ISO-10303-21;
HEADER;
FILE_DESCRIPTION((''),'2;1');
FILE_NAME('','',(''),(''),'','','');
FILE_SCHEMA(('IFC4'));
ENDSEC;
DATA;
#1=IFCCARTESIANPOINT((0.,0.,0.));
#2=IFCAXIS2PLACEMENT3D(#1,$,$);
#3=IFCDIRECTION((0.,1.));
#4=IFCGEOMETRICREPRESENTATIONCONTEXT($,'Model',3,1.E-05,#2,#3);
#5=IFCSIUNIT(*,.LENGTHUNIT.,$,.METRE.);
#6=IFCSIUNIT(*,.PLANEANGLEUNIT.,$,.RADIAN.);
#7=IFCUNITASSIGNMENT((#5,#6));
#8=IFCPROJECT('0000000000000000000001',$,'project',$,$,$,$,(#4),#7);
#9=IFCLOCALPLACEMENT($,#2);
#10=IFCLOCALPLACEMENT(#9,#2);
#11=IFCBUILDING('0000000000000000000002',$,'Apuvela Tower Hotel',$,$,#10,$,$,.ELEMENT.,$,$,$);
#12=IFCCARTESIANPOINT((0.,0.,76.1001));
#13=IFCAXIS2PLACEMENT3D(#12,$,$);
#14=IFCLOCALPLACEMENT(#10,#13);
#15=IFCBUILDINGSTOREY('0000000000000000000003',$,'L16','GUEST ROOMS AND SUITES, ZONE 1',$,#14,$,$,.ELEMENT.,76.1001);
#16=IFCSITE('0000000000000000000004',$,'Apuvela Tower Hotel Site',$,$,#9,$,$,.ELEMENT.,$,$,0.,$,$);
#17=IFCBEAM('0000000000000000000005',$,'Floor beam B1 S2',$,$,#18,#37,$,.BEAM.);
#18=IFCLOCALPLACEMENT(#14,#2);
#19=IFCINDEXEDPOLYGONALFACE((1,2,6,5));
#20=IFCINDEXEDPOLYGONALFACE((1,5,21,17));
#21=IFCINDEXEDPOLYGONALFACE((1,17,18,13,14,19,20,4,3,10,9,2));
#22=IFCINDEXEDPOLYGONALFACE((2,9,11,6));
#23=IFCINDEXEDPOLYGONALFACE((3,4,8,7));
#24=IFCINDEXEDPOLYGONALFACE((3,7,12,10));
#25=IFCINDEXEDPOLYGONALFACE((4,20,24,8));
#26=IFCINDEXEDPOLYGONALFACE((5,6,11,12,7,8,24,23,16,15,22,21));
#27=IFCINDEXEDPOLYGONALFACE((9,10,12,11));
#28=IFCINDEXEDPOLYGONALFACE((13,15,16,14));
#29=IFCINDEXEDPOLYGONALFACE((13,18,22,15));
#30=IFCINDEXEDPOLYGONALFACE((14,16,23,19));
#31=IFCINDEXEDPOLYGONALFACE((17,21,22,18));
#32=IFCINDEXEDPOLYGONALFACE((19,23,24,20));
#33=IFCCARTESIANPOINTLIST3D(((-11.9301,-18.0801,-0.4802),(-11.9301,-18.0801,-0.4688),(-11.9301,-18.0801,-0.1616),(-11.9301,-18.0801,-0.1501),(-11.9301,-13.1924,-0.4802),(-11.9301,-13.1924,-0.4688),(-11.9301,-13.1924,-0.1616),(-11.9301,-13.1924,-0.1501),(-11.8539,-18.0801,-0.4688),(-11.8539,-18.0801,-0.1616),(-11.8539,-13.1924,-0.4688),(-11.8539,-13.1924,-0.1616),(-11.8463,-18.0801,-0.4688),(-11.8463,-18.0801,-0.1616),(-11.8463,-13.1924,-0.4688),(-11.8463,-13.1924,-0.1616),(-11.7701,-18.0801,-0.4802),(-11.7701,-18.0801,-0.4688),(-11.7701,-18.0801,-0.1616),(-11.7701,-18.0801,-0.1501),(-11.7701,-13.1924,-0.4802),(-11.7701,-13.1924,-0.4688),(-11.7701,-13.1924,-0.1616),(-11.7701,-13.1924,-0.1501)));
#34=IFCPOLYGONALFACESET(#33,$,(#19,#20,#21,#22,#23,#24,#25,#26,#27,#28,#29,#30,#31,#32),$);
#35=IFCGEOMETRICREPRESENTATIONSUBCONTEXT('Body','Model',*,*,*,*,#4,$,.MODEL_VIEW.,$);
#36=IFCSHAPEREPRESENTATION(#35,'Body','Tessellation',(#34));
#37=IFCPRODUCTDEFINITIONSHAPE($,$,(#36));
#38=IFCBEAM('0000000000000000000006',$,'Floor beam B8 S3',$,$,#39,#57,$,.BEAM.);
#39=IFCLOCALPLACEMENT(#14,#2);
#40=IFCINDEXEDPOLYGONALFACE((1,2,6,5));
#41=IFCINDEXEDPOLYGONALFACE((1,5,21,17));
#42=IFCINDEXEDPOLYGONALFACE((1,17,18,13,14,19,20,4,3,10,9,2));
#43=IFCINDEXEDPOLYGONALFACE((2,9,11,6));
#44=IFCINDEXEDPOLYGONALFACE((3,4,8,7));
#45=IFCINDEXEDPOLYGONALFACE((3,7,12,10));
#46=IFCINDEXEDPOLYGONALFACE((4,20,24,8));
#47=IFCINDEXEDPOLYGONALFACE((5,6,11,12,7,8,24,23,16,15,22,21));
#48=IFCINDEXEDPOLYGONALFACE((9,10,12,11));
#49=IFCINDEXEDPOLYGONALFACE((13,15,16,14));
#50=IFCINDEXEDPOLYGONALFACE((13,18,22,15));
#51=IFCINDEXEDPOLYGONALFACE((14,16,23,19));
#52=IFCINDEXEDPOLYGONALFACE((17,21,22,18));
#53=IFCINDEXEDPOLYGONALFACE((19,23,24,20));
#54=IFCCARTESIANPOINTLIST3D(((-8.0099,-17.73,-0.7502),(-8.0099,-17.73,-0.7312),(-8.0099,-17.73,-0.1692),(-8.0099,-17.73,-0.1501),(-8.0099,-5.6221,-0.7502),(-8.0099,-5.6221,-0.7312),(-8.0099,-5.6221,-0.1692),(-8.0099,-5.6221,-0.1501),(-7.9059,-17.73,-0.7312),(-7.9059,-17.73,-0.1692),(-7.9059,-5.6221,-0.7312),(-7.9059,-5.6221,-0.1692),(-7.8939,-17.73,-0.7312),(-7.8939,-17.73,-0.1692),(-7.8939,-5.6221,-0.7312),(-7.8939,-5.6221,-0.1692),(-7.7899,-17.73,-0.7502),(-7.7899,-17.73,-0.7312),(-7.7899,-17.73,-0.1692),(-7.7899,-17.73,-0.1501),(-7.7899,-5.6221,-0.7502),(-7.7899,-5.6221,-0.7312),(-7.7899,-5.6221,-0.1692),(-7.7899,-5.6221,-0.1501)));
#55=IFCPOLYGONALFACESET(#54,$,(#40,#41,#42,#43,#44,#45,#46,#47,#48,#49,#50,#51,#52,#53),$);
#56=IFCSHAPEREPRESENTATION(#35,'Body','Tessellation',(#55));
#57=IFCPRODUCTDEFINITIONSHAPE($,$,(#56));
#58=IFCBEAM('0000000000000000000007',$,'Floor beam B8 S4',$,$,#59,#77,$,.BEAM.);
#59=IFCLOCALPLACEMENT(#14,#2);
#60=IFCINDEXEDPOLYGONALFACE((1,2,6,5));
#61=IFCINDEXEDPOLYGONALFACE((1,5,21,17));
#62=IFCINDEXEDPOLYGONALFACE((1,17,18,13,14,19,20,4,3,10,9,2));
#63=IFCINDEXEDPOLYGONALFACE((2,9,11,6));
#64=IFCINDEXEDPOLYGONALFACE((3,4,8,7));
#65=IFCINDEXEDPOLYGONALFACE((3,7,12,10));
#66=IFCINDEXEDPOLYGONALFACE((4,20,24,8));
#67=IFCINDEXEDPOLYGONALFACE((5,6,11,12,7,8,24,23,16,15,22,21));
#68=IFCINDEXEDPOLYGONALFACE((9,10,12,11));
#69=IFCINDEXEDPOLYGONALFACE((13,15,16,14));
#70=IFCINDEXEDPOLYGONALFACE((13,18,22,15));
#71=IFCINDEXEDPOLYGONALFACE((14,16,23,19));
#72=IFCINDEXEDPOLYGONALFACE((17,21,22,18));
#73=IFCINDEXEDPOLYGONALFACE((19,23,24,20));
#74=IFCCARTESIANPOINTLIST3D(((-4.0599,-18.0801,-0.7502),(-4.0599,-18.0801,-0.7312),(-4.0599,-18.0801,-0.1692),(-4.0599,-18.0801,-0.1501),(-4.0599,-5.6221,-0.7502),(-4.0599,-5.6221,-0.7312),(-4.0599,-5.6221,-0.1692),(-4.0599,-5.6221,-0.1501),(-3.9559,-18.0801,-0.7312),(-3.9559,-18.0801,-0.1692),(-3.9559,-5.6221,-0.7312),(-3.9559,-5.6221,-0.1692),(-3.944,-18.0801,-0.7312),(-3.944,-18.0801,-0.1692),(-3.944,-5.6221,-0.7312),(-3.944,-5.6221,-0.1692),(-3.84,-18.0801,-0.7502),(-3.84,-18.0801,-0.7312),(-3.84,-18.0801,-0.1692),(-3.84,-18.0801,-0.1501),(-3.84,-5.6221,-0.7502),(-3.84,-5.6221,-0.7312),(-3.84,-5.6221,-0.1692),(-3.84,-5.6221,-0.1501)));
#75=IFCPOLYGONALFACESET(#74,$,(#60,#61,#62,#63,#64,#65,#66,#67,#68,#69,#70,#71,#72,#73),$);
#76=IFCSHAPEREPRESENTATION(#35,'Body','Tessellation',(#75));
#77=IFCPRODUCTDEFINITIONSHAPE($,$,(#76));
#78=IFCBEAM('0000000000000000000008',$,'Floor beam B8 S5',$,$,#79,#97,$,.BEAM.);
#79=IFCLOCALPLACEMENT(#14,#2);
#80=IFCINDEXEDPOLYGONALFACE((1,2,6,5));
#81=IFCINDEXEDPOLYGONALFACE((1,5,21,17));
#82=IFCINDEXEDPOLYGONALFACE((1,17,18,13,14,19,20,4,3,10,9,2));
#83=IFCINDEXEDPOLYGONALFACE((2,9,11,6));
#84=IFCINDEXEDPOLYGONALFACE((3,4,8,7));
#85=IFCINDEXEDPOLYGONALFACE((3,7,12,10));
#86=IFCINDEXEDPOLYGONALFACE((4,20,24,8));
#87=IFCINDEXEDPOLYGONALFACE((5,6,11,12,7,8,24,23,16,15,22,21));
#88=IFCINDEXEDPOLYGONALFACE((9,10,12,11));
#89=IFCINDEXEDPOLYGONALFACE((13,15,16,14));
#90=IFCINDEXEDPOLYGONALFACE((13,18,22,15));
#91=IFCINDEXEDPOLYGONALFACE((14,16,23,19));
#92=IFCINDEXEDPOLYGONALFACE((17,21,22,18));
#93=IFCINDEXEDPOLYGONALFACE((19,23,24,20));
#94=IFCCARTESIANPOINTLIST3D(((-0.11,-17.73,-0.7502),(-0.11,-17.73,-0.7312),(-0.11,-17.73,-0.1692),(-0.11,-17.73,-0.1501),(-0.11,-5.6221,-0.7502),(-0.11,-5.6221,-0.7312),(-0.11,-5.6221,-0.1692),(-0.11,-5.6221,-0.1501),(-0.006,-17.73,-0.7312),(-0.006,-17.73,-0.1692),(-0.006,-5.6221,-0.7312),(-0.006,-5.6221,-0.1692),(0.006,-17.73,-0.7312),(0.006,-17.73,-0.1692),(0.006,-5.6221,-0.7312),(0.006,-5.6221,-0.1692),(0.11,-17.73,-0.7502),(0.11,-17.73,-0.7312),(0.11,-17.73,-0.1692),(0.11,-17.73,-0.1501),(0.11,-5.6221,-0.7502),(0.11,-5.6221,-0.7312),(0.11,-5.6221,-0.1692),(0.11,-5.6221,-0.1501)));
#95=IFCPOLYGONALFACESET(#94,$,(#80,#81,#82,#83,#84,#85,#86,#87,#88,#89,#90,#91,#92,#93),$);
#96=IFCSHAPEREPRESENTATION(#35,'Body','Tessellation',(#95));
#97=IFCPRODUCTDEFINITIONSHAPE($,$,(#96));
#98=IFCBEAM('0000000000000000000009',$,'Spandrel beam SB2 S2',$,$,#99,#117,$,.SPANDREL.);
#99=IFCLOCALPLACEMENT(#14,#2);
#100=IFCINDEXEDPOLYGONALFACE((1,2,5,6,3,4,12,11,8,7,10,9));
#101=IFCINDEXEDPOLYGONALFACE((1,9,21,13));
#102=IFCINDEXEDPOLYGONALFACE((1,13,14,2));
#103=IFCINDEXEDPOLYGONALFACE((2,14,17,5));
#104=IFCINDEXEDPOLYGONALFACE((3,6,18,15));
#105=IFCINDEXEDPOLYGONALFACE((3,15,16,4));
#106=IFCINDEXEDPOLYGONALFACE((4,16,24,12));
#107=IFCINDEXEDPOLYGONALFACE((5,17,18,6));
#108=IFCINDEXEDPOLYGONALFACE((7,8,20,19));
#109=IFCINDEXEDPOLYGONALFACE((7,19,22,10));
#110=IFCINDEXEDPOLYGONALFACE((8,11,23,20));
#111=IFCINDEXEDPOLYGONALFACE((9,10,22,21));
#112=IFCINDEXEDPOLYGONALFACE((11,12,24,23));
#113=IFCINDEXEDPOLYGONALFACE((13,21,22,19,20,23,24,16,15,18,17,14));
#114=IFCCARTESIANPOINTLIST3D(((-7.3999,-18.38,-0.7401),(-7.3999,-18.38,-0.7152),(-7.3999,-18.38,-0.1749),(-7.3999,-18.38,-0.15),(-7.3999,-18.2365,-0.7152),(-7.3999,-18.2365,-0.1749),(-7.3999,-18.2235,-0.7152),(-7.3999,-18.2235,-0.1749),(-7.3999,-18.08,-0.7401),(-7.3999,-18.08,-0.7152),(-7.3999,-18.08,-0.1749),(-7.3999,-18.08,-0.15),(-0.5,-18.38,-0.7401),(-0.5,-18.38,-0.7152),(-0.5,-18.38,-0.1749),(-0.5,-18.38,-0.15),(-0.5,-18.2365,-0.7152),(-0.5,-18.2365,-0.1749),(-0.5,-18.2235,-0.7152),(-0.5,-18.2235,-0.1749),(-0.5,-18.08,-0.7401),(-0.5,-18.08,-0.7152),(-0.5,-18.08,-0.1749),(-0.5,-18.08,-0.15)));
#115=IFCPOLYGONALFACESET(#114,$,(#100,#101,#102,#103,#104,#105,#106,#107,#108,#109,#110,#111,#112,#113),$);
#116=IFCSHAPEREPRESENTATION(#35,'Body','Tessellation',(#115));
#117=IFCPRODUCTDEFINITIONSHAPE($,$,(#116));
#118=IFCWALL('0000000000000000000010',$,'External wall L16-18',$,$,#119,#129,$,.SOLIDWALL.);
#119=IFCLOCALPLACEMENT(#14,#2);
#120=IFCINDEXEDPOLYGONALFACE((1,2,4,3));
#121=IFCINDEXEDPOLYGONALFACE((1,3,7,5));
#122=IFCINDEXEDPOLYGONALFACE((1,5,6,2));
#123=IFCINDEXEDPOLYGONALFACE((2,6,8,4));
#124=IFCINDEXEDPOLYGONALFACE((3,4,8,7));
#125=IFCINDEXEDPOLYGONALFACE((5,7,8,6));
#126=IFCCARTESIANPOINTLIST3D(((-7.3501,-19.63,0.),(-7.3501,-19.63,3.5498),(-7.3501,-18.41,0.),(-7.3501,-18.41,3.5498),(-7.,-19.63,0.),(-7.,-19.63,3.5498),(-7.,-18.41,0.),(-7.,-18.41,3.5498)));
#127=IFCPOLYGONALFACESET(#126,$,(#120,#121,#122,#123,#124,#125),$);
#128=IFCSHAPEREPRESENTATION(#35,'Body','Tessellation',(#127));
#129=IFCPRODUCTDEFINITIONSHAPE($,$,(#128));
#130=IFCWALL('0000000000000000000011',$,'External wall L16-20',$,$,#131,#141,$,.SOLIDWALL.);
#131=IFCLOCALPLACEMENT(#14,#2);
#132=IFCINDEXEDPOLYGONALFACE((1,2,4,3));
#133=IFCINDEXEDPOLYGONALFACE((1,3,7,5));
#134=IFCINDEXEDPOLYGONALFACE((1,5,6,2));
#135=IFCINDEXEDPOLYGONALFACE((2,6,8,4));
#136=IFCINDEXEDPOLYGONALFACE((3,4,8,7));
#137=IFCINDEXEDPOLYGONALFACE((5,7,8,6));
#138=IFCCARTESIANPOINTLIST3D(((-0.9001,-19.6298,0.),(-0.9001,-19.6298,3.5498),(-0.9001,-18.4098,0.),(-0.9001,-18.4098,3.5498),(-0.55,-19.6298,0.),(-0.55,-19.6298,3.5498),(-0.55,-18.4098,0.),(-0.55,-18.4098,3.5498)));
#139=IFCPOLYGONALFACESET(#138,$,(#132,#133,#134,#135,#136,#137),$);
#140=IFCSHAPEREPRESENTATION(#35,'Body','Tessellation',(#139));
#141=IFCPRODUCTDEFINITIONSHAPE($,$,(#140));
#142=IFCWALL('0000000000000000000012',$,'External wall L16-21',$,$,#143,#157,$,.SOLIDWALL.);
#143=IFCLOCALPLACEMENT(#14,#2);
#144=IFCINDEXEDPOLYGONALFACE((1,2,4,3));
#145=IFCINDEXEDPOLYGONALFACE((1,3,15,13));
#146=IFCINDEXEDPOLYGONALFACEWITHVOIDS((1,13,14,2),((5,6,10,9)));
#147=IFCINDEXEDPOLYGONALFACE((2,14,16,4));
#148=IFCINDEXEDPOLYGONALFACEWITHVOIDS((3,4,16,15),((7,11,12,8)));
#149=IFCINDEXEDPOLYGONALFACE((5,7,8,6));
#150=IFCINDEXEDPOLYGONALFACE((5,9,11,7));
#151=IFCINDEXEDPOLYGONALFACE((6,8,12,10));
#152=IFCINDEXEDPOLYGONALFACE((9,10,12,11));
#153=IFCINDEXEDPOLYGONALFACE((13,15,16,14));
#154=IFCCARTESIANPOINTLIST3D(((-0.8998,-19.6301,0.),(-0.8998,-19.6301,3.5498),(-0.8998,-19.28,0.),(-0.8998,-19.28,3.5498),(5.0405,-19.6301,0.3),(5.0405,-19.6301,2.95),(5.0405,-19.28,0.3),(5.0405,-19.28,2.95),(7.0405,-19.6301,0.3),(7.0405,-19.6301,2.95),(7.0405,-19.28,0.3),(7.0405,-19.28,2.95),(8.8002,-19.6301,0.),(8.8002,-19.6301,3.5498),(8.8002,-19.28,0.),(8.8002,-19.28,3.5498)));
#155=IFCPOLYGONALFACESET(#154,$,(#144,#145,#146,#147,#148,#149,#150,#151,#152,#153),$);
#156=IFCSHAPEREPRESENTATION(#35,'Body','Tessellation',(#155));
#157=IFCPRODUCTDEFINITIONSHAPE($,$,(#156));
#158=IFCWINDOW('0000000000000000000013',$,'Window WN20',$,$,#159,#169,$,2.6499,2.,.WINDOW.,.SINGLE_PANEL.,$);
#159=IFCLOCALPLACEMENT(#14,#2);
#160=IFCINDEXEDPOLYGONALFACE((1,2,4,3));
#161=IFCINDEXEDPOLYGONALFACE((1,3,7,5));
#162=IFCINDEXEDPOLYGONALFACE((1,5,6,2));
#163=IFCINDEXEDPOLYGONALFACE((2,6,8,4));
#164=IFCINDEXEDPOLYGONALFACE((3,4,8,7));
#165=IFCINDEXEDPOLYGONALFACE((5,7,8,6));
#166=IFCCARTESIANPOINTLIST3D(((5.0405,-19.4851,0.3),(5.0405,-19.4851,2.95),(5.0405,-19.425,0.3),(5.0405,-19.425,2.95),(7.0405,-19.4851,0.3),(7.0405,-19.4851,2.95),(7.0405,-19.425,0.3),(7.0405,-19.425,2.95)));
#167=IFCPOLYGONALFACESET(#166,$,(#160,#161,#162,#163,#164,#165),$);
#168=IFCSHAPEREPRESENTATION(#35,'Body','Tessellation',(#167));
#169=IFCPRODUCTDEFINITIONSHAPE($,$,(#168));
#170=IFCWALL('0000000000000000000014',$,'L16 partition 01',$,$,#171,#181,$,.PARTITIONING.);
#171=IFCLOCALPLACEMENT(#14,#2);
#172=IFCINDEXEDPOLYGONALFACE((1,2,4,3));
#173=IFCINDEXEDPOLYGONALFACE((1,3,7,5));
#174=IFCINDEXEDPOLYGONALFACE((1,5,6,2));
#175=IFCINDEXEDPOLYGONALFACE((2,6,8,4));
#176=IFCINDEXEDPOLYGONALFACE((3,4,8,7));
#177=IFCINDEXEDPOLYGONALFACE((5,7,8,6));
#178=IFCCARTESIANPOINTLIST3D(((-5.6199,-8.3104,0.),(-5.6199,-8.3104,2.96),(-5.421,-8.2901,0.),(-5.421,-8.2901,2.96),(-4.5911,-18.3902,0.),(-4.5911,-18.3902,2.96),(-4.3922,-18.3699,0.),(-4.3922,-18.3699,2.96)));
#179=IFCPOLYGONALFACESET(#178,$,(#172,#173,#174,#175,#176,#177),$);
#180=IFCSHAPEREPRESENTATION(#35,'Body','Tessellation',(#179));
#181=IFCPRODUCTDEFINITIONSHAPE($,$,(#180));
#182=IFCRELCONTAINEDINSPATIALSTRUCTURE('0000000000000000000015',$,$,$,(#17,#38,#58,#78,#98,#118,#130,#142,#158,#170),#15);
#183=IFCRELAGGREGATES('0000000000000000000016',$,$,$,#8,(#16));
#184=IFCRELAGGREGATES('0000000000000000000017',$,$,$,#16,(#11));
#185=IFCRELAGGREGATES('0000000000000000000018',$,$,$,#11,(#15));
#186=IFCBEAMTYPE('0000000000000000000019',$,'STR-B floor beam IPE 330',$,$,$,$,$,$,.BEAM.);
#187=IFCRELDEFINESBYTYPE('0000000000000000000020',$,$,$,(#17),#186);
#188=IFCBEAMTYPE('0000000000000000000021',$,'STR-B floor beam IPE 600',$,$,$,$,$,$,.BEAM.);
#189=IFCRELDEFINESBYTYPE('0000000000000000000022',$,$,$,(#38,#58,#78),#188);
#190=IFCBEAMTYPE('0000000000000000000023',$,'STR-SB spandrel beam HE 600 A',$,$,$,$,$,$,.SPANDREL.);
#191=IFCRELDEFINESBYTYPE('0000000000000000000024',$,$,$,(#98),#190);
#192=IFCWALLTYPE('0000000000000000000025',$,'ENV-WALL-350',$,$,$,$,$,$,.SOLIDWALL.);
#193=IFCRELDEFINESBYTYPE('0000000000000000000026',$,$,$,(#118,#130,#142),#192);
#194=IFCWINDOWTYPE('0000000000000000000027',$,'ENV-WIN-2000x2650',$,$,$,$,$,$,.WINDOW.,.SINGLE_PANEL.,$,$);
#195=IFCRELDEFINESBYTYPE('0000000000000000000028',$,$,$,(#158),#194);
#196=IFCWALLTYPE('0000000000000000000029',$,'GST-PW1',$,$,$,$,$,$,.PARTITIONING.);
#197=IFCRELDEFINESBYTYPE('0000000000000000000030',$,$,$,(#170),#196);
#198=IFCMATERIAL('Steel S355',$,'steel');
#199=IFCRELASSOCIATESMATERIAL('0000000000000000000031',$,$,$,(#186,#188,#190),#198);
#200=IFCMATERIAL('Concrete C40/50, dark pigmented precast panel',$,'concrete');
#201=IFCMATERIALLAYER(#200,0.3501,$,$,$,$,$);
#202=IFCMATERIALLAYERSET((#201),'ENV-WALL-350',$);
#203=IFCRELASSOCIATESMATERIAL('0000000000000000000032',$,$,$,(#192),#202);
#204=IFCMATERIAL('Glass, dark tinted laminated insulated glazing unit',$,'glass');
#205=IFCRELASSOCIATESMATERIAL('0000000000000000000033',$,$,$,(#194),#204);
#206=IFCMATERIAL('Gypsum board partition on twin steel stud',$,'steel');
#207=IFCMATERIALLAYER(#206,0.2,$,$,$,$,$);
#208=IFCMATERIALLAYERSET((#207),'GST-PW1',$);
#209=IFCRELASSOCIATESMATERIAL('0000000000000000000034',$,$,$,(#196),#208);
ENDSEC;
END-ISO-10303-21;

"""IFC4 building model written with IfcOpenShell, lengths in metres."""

from ifc_helpers import new_model, si_unit, direction, frame, frame_2d, origin, origin_2d, place, context, subcontext, project, spatial, rectangle, i_section, extrude, material, layer, layer_set, material_profile, profile_set, type_object, element, fill, save


model = new_model("IFC4")

# Units and contexts
model_context = context("Model", 3, precision=1e-05, world=origin(), true_north=direction((0.0, 1.0)))
body_context = subcontext(model_context, "Body", "Model", "MODEL_VIEW")
ifc_project = project(units=[si_unit("LENGTHUNIT", "METRE"), si_unit("PLANEANGLEUNIT", "RADIAN")], contexts=[model_context])

# Site, building, storey
site_placement = place(None, origin())
site = spatial("IfcSite", under=ifc_project, at=site_placement, Name="Apuvela Tower Hotel Site", CompositionType="ELEMENT", RefElevation=0.0)
building_placement = place(site_placement, origin())
building = spatial("IfcBuilding", under=site, at=building_placement, Name="Apuvela Tower Hotel", CompositionType="ELEMENT")
storey_placement = place(building_placement, frame((0.0, 0.0, 76.1001)))
storey = spatial("IfcBuildingStorey", under=building, at=storey_placement, Name="L16", Description="GUEST ROOMS AND SUITES, ZONE 1", CompositionType="ELEMENT", Elevation=76.1001)

# Beams
ifc_material_1 = material(Name="Steel S355", Category="steel")
ifc_material_profile_1 = material_profile(ifc_material_1, i_section(OverallWidth=0.1599, OverallDepth=0.3301, WebThickness=0.0076, FlangeThickness=0.0115, at=origin_2d()), Name="IPE 330")
ifc_profile_set_1 = profile_set([ifc_material_profile_1], Name="Steel S355")
beam_type_1 = type_object("IfcBeamType", Name="STR-B floor beam IPE 330", PredefinedType="BEAM", material=ifc_profile_set_1)
beam_1_placement = place(storey_placement, frame((-11.8501, -18.0801, -0.3152), z_axis=(0.0, 1.0, 0.0), x_axis=(-1.0, 0.0, 0.0)))
element("IfcBeam", 1, at=beam_1_placement, inside=storey, type_object=beam_type_1, Name="Floor beam B1 S2", PredefinedType="BEAM", context=body_context, shape_type="SweptSolid", body=[
    extrude(i_section(OverallWidth=0.1599, OverallDepth=0.3301, WebThickness=0.0076, FlangeThickness=0.0115, at=origin_2d()), origin(), (0.0, 0.0, 1.0), 4.8877),
])
ifc_material_profile_2 = material_profile(ifc_material_1, i_section(OverallWidth=0.22, OverallDepth=0.6001, WebThickness=0.012, FlangeThickness=0.019, at=origin_2d()), Name="IPE 600")
ifc_profile_set_2 = profile_set([ifc_material_profile_2], Name="Steel S355")
beam_type_2 = type_object("IfcBeamType", Name="STR-B floor beam IPE 600", PredefinedType="BEAM", material=ifc_profile_set_2)
beam_2_placement = place(storey_placement, frame((-7.8999, -17.73, -0.4502), z_axis=(0.0, 1.0, 0.0), x_axis=(-1.0, 0.0, 0.0)))
element("IfcBeam", 2, at=beam_2_placement, inside=storey, type_object=beam_type_2, Name="Floor beam B8 S3", PredefinedType="BEAM", context=body_context, shape_type="SweptSolid", body=[
    extrude(i_section(OverallWidth=0.22, OverallDepth=0.6001, WebThickness=0.012, FlangeThickness=0.019, at=origin_2d()), origin(), (0.0, 0.0, 1.0), 12.1079),
])
beam_3_placement = place(storey_placement, frame((-3.95, -18.0801, -0.4502), z_axis=(0.0, 1.0, 0.0), x_axis=(-1.0, 0.0, 0.0)))
element("IfcBeam", 3, at=beam_3_placement, inside=storey, type_object=beam_type_2, Name="Floor beam B8 S4", PredefinedType="BEAM", context=body_context, shape_type="SweptSolid", body=[
    extrude(i_section(OverallWidth=0.22, OverallDepth=0.6001, WebThickness=0.012, FlangeThickness=0.019, at=origin_2d()), origin(), (0.0, 0.0, 1.0), 12.458),
])
beam_4_placement = place(storey_placement, frame((0.0, -17.73, -0.4502), z_axis=(0.0, 1.0, 0.0), x_axis=(-1.0, 0.0, 0.0)))
element("IfcBeam", 4, at=beam_4_placement, inside=storey, type_object=beam_type_2, Name="Floor beam B8 S5", PredefinedType="BEAM", context=body_context, shape_type="SweptSolid", body=[
    extrude(i_section(OverallWidth=0.22, OverallDepth=0.6001, WebThickness=0.012, FlangeThickness=0.019, at=origin_2d()), origin(), (0.0, 0.0, 1.0), 12.1079),
])
ifc_material_profile_3 = material_profile(ifc_material_1, i_section(OverallWidth=0.3, OverallDepth=0.5901, WebThickness=0.0129, FlangeThickness=0.0249, at=origin_2d()), Name="HE 600 A")
ifc_profile_set_3 = profile_set([ifc_material_profile_3], Name="Steel S355")
beam_type_3 = type_object("IfcBeamType", Name="STR-SB spandrel beam HE 600 A", PredefinedType="SPANDREL", material=ifc_profile_set_3)
beam_5_placement = place(storey_placement, frame((-7.3999, -18.23, -0.4451), z_axis=(1.0, 0.0, 0.0), x_axis=(0.0, 1.0, 0.0)))
element("IfcBeam", 5, at=beam_5_placement, inside=storey, type_object=beam_type_3, Name="Spandrel beam SB2 S2", PredefinedType="SPANDREL", context=body_context, shape_type="SweptSolid", body=[
    extrude(i_section(OverallWidth=0.3, OverallDepth=0.5901, WebThickness=0.0129, FlangeThickness=0.0249, at=origin_2d()), origin(), (0.0, 0.0, 1.0), 6.8999),
])

# Wall
ifc_material_2 = material(Name="Concrete C40/50, dark pigmented precast panel", Category="concrete")
ifc_layer_1 = layer(ifc_material_2, 0.3501)
ifc_layer_set_1 = layer_set([ifc_layer_1], Name="ENV-WALL-350")
wall_type_1 = type_object("IfcWallType", Name="ENV-WALL-350", PredefinedType="SOLIDWALL", material=ifc_layer_set_1)
wall_1_placement = place(storey_placement, frame((-7.175, -19.6299, 0.0), z_axis=(0.0, 0.0, 1.0), x_axis=(0.0, 1.0, 0.0)))
element("IfcWall", 6, at=wall_1_placement, inside=storey, type_object=wall_type_1, Name="External wall L16-18", PredefinedType="SOLIDWALL", context=body_context, shape_type="SweptSolid", body=[
    extrude(rectangle(XDim=1.22, YDim=0.3501, at=frame_2d((0.6099, 0.0))), origin(), (0.0, 0.0, 1.0), 3.5498),
])

# Shared definitions
ifc_material_3 = material(Name="Glass, dark tinted laminated insulated glazing unit", Category="glass")
window_type = type_object("IfcWindowType", Name="ENV-WIN-2000x2650", PartitioningType="SINGLE_PANEL", PredefinedType="WINDOW", material=ifc_material_3)

# Wall
wall_2_placement = place(storey_placement, frame((-0.7251, -18.4099, 0.0), z_axis=(0.0, 0.0, 1.0), x_axis=(0.0, -1.0, 0.0)))
element("IfcWall", 7, at=wall_2_placement, inside=storey, type_object=wall_type_1, Name="External wall L16-20", PredefinedType="SOLIDWALL", context=body_context, shape_type="SweptSolid", body=[
    extrude(rectangle(XDim=1.22, YDim=0.3501, at=frame_2d((0.6099, 0.0))), origin(), (0.0, 0.0, 1.0), 3.5498),
])

# Wall, opening, window
wall_3_placement = place(storey_placement, frame((-0.8999, -19.4551, 0.0), z_axis=(0.0, 0.0, 1.0), x_axis=(1.0, 0.0, 0.0)))
wall_3 = element("IfcWall", 8, at=wall_3_placement, inside=storey, type_object=wall_type_1, Name="External wall L16-21", PredefinedType="SOLIDWALL", context=body_context, shape_type="SweptSolid", body=[
    extrude(rectangle(XDim=9.7, YDim=0.3501, at=frame_2d((4.8501, 0.0))), origin(), (0.0, 0.0, 1.0), 3.5498),
])
opening_1_placement = place(wall_3_placement, frame((5.9404, 0.0, 0.3)))
opening_1 = element("IfcOpeningElement", 9, at=opening_1_placement, cuts=wall_3, PredefinedType="OPENING", context=body_context, shape_type="SweptSolid", body=[
    extrude(rectangle(XDim=2.0, YDim=2.6499, at=frame_2d((1.0, 1.325))), frame((0.0, 0.1851, 0.0), z_axis=(0.0, -1.0, 0.0), x_axis=(1.0, 0.0, 0.0)), (0.0, 0.0, 1.0), 0.3701),
])
window_1_placement = place(opening_1_placement, origin())
window_1 = element("IfcWindow", 10, at=window_1_placement, inside=storey, type_object=window_type, Name="Window WN20", OverallHeight=2.6499, OverallWidth=2.0, PartitioningType="SINGLE_PANEL", PredefinedType="WINDOW", context=body_context, shape_type="SweptSolid", body=[
    extrude(rectangle(XDim=2.0, YDim=2.6499, at=frame_2d((1.0, 1.325))), frame((0.0, 0.03, 0.0), z_axis=(0.0, -1.0, 0.0), x_axis=(1.0, 0.0, 0.0)), (0.0, 0.0, 1.0), 0.0601),
])
fill(opening_1, window_1)

# Wall
ifc_material_4 = material(Name="Gypsum board partition on twin steel stud", Category="steel")
ifc_layer_2 = layer(ifc_material_4, 0.2)
ifc_layer_set_2 = layer_set([ifc_layer_2], Name="GST-PW1")
wall_type_2 = type_object("IfcWallType", Name="GST-PW1", PredefinedType="PARTITIONING", material=ifc_layer_set_2)
wall_4_placement = place(storey_placement, frame((-4.4917, -18.3799, 0.0), z_axis=(0.0, 0.0, 1.0), x_axis=(-0.101539, 0.994832, 0.0)))
element("IfcWall", 11, at=wall_4_placement, inside=storey, type_object=wall_type_2, Name="L16 partition 01", PredefinedType="PARTITIONING", context=body_context, shape_type="SweptSolid", body=[
    extrude(rectangle(XDim=10.1321, YDim=0.2, at=frame_2d((5.0659, 0.0))), origin(), (0.0, 0.0, 1.0), 2.96),
])

save(model, "model.ifc")
